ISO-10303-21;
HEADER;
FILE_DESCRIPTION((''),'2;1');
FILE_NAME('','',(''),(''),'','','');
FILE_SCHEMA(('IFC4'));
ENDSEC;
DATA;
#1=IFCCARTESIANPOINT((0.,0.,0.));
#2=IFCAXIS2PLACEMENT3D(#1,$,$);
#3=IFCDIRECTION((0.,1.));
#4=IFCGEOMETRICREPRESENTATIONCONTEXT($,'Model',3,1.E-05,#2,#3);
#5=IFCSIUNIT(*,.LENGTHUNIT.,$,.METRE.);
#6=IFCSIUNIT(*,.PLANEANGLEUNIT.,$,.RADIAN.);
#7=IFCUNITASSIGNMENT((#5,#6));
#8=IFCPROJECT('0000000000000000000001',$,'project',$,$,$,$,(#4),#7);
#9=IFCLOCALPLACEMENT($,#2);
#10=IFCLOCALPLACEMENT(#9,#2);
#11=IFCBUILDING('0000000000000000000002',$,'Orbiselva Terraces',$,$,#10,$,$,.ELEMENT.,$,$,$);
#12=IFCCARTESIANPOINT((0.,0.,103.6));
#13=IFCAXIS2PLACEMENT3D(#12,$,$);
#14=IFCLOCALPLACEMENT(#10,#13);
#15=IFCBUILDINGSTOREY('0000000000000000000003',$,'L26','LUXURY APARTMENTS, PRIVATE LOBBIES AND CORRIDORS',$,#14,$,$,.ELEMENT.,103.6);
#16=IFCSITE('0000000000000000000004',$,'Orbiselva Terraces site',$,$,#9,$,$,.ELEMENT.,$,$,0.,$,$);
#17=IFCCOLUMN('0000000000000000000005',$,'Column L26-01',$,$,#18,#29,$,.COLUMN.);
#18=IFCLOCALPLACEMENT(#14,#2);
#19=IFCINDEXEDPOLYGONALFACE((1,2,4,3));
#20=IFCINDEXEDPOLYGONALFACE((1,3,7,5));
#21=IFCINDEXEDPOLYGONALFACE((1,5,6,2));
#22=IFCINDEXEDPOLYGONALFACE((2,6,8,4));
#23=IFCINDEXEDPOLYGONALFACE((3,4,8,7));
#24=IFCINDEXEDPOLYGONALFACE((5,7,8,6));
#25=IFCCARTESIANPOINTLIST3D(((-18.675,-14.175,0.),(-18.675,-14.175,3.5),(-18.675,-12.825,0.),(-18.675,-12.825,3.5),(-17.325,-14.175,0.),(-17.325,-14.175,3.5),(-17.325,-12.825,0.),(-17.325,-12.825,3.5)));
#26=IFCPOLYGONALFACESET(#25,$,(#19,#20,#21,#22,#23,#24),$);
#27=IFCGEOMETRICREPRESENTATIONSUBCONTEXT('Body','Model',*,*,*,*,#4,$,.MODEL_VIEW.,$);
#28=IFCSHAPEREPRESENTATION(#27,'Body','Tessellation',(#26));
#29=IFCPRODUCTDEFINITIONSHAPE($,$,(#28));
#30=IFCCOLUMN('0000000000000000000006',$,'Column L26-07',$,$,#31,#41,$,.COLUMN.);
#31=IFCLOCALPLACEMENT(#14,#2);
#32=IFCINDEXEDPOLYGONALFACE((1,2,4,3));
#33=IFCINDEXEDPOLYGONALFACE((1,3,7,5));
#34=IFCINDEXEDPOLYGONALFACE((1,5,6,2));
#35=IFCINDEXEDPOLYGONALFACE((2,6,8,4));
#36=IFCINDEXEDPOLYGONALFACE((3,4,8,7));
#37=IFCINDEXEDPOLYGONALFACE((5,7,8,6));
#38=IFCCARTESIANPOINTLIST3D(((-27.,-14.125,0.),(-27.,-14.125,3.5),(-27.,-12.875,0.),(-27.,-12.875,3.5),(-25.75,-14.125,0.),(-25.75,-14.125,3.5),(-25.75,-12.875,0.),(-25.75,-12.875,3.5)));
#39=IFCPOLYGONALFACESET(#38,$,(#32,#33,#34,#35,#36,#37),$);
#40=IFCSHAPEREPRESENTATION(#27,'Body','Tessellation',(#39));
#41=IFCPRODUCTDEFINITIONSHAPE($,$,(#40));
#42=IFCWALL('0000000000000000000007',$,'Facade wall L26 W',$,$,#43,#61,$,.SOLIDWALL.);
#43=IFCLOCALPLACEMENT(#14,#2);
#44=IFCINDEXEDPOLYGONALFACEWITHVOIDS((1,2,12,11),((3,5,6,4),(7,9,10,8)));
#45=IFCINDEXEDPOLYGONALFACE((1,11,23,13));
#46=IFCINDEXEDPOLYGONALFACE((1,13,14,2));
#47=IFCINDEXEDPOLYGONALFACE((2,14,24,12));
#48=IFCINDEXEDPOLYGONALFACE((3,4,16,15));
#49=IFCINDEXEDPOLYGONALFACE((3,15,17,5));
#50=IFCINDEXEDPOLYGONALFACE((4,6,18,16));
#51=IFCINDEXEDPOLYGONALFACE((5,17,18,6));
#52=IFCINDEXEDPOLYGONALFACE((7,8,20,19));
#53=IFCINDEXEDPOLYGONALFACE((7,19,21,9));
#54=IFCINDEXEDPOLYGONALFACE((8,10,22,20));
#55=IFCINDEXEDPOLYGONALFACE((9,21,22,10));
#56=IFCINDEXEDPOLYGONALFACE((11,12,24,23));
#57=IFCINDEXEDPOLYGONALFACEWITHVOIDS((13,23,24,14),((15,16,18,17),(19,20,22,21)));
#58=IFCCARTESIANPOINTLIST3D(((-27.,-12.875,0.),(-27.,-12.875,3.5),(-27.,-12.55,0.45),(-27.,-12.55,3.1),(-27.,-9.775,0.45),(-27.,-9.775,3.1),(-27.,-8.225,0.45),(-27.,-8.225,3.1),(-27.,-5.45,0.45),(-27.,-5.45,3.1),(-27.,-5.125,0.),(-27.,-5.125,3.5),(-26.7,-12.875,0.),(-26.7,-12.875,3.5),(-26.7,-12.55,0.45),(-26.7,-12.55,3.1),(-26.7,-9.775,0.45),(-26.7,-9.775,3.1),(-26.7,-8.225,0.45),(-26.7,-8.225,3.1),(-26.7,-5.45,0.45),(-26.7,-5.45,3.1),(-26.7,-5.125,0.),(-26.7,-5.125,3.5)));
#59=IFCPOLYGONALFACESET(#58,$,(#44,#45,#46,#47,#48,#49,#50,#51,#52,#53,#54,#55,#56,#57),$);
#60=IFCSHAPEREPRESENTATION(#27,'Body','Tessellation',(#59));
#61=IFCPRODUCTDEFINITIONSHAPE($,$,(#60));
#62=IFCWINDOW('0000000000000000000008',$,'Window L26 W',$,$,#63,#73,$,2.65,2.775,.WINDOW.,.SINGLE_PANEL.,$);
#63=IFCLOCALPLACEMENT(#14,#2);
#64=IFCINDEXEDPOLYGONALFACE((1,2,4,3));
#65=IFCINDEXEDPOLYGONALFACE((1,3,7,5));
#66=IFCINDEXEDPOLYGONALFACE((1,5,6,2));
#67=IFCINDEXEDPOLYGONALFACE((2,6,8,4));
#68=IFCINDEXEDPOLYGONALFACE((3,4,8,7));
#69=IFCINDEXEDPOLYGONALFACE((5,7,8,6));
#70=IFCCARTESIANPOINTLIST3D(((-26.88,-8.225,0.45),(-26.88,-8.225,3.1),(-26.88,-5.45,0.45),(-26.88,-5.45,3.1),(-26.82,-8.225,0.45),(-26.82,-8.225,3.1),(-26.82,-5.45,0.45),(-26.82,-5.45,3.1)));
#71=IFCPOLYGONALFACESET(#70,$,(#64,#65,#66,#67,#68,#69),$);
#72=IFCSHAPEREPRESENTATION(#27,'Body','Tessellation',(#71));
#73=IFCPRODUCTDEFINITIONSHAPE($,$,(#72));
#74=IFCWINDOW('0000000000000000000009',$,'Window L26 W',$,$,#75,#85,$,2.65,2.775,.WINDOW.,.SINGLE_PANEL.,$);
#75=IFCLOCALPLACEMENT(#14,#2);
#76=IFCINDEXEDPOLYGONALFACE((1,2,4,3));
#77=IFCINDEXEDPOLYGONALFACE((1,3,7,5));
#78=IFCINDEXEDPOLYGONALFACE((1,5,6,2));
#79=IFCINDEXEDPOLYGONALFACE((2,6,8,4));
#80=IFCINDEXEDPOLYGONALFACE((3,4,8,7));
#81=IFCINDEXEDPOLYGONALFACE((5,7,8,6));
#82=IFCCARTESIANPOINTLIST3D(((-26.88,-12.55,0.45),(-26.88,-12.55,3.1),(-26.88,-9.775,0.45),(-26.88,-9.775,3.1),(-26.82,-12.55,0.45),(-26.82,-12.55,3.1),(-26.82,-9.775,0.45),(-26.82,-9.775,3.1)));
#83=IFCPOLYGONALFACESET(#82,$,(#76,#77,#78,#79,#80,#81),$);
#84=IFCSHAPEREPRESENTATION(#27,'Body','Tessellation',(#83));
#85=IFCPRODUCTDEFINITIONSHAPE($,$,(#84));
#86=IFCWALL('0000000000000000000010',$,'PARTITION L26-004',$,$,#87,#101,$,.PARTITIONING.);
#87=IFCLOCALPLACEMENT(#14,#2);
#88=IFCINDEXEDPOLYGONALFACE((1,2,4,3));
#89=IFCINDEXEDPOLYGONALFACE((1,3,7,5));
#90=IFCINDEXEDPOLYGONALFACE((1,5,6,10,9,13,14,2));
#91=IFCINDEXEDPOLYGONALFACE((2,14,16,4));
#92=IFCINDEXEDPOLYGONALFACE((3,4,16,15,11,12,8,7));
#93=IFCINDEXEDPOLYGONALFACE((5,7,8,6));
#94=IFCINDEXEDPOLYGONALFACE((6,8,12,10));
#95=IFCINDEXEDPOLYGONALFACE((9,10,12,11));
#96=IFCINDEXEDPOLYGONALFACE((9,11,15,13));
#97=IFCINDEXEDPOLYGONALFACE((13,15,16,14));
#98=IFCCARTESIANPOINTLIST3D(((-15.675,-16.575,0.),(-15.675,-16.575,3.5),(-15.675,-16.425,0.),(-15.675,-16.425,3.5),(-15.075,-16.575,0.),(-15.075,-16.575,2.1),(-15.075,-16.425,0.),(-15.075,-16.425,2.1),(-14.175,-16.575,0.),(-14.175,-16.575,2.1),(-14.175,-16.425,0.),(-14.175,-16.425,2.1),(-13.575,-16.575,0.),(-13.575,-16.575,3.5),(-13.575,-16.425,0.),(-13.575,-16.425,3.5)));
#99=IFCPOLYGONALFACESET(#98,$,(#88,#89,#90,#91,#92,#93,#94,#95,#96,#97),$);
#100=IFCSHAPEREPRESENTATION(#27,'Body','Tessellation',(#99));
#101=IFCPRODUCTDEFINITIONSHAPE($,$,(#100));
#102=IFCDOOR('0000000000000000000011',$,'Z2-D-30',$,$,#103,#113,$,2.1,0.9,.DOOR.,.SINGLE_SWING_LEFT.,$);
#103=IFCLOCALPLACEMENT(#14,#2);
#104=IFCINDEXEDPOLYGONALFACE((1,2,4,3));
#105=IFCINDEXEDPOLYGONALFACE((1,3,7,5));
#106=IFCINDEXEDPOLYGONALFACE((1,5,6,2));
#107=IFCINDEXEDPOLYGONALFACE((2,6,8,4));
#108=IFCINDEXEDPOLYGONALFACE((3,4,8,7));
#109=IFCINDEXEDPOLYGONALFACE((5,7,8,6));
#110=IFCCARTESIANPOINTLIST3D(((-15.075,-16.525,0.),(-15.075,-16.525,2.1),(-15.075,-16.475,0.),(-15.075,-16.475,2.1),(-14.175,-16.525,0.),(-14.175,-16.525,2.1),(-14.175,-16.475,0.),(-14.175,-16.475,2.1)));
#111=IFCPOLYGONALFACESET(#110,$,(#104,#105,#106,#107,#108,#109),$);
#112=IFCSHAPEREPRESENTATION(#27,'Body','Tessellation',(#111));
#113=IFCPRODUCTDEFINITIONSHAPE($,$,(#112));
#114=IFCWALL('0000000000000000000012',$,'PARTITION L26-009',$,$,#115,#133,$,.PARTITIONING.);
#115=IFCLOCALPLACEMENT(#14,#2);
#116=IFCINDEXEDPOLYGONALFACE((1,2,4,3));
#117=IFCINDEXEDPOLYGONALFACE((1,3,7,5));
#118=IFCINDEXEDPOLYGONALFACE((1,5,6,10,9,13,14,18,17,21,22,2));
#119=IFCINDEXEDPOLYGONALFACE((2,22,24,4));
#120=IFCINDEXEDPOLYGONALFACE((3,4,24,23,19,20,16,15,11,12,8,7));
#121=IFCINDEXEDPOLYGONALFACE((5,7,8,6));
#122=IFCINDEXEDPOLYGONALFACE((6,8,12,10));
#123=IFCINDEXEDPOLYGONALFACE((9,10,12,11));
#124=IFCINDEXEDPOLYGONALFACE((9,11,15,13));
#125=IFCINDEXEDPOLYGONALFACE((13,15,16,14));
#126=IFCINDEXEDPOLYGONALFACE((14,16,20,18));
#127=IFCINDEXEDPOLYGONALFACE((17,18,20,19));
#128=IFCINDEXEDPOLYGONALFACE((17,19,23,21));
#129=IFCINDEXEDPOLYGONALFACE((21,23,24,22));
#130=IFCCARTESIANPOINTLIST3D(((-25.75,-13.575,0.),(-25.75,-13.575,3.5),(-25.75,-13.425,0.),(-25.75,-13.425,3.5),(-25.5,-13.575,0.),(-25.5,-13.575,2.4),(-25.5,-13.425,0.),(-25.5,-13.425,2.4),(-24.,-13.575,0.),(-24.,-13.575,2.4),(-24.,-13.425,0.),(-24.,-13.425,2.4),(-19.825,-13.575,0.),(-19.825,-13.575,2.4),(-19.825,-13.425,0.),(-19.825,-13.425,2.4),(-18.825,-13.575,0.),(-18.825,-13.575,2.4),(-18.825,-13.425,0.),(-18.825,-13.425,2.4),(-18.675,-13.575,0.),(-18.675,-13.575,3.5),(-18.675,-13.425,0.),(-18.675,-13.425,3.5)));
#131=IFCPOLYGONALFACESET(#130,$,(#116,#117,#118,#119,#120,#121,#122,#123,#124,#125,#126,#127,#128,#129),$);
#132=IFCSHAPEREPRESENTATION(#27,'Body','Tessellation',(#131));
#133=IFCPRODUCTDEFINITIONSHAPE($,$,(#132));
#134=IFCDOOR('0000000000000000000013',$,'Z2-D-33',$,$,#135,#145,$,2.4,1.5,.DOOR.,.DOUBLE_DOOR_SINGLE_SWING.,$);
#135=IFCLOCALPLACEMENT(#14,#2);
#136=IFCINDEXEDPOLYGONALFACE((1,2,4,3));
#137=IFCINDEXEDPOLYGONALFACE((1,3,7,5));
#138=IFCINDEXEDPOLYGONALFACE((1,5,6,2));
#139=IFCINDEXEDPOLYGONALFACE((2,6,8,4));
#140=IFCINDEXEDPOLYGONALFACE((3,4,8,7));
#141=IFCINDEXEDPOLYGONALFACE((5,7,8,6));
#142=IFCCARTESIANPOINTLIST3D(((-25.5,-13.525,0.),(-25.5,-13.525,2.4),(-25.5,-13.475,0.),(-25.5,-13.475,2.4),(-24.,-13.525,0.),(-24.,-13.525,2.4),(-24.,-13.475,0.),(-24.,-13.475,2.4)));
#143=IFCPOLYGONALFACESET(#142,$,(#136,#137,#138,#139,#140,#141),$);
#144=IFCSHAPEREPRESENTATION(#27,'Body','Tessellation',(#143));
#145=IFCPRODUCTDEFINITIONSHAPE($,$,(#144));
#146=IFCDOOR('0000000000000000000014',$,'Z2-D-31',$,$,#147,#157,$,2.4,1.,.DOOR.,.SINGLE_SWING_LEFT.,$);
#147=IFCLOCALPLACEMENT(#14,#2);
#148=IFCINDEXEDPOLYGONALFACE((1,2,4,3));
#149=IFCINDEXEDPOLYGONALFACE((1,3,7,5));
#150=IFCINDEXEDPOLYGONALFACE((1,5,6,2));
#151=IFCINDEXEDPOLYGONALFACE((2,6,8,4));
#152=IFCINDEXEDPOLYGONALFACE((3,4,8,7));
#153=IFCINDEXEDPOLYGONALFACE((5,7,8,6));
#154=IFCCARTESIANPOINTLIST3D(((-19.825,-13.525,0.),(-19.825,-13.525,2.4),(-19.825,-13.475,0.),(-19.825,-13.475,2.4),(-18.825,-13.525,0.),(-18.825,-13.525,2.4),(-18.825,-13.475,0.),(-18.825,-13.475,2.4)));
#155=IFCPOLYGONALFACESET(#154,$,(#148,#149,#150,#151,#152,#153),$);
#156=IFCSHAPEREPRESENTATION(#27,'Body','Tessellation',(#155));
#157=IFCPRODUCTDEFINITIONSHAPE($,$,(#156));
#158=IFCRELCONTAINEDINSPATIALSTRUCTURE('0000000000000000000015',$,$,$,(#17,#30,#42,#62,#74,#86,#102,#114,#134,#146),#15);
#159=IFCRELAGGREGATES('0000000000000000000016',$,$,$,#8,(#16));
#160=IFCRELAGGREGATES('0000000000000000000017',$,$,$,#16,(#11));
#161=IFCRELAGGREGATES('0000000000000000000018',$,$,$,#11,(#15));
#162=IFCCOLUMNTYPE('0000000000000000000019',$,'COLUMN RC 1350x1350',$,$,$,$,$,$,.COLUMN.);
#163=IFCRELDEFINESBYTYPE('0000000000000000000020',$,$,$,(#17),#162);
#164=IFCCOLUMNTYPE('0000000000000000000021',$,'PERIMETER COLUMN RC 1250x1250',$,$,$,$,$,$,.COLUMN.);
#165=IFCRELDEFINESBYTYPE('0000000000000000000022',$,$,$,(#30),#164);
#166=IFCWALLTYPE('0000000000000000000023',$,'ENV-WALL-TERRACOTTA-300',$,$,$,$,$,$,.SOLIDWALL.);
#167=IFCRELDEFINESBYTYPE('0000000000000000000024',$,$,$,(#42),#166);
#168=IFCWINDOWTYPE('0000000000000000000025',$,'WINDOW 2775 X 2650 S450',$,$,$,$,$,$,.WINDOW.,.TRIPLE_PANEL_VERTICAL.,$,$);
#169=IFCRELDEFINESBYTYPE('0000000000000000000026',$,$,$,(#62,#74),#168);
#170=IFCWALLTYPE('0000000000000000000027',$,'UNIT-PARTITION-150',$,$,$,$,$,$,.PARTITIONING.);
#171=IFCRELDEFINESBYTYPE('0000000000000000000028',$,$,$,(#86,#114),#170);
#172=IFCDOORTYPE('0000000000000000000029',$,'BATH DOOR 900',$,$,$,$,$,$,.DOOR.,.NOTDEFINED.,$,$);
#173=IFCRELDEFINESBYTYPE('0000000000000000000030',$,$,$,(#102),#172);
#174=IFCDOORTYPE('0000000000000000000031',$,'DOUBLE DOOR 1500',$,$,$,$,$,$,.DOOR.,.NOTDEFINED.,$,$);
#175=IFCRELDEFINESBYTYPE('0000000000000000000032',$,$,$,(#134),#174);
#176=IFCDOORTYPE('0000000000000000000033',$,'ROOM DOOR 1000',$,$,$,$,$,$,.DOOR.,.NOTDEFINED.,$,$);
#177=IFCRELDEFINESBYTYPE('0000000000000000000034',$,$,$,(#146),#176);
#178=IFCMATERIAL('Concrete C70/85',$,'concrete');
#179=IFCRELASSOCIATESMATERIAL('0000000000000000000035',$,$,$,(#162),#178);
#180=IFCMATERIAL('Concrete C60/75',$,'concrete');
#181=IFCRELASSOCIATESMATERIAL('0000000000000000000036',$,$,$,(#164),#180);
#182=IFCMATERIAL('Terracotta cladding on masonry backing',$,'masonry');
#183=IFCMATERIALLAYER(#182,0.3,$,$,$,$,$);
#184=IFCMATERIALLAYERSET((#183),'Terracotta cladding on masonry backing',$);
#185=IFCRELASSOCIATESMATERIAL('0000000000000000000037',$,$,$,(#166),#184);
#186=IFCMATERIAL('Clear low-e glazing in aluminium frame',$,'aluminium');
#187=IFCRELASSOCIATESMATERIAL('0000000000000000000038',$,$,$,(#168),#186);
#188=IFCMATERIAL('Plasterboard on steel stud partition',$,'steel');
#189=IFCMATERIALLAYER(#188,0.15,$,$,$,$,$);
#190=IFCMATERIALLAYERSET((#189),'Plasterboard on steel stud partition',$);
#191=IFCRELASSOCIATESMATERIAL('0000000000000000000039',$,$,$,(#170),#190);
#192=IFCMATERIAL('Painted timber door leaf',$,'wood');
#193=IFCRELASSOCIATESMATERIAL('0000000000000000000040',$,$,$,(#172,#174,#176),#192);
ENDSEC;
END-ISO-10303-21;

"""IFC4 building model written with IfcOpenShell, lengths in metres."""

from ifc_helpers import new_model, si_unit, direction, frame, frame_2d, origin, origin_2d, place, context, subcontext, project, spatial, rectangle, extrude, material, layer, layer_set, material_profile, profile_set, type_object, element, fill, save


model = new_model("IFC4")

# Units and contexts
model_context = context("Model", 3, precision=1e-05, world=origin(), true_north=direction((0.0, 1.0)))
body_context = subcontext(model_context, "Body", "Model", "MODEL_VIEW")
ifc_project = project(units=[si_unit("LENGTHUNIT", "METRE"), si_unit("PLANEANGLEUNIT", "RADIAN")], contexts=[model_context])

# Site, building, storey
site_placement = place(None, origin())
site = spatial("IfcSite", under=ifc_project, at=site_placement, Name="Orbiselva Terraces site", CompositionType="ELEMENT", RefElevation=0.0)
building_placement = place(site_placement, origin())
building = spatial("IfcBuilding", under=site, at=building_placement, Name="Orbiselva Terraces", CompositionType="ELEMENT")
storey_placement = place(building_placement, frame((0.0, 0.0, 103.6)))
storey = spatial("IfcBuildingStorey", under=building, at=storey_placement, Name="L26", Description="LUXURY APARTMENTS, PRIVATE LOBBIES AND CORRIDORS", CompositionType="ELEMENT", Elevation=103.6)

# Columns
ifc_material_1 = material(Name="Concrete C70/85", Category="concrete")
ifc_material_profile_1 = material_profile(ifc_material_1, rectangle(XDim=1.35, YDim=1.35, at=origin_2d()), Name="RC 1350x1350")
ifc_profile_set_1 = profile_set([ifc_material_profile_1], Name="Concrete C70/85")
column_type_1 = type_object("IfcColumnType", Name="COLUMN RC 1350x1350", PredefinedType="COLUMN", material=ifc_profile_set_1)
column_1_placement = place(storey_placement, frame((-18.0, -13.5, 0.0), z_axis=(0.0, 0.0, 1.0), x_axis=(1.0, 0.0, 0.0)))
element("IfcColumn", 1, at=column_1_placement, inside=storey, type_object=column_type_1, Name="Column L26-01", PredefinedType="COLUMN", context=body_context, shape_type="SweptSolid", body=[
    extrude(rectangle(XDim=1.35, YDim=1.35, at=origin_2d()), origin(), (0.0, 0.0, 1.0), 3.5),
])
ifc_material_2 = material(Name="Concrete C60/75", Category="concrete")
ifc_material_profile_2 = material_profile(ifc_material_2, rectangle(XDim=1.25, YDim=1.25, at=origin_2d()), Name="RC 1250x1250")
ifc_profile_set_2 = profile_set([ifc_material_profile_2], Name="Concrete C60/75")
column_type_2 = type_object("IfcColumnType", Name="PERIMETER COLUMN RC 1250x1250", PredefinedType="COLUMN", material=ifc_profile_set_2)
column_2_placement = place(storey_placement, frame((-26.375, -13.5, 0.0), z_axis=(0.0, 0.0, 1.0), x_axis=(1.0, 0.0, 0.0)))
element("IfcColumn", 2, at=column_2_placement, inside=storey, type_object=column_type_2, Name="Column L26-07", PredefinedType="COLUMN", context=body_context, shape_type="SweptSolid", body=[
    extrude(rectangle(XDim=1.25, YDim=1.25, at=origin_2d()), origin(), (0.0, 0.0, 1.0), 3.5),
])

# Wall, openings, windows
ifc_material_3 = material(Name="Terracotta cladding on masonry backing", Category="masonry")
ifc_layer_1 = layer(ifc_material_3, 0.3)
ifc_layer_set_1 = layer_set([ifc_layer_1], Name="Terracotta cladding on masonry backing")
wall_type_1 = type_object("IfcWallType", Name="ENV-WALL-TERRACOTTA-300", PredefinedType="SOLIDWALL", material=ifc_layer_set_1)
wall_1_placement = place(storey_placement, frame((-26.85, -12.875, 0.0), z_axis=(0.0, 0.0, 1.0), x_axis=(0.0, 1.0, 0.0)))
wall_1 = element("IfcWall", 3, at=wall_1_placement, inside=storey, type_object=wall_type_1, Name="Facade wall L26 W", PredefinedType="SOLIDWALL", context=body_context, shape_type="SweptSolid", body=[
    extrude(rectangle(XDim=7.75, YDim=0.3, at=frame_2d((3.875, 0.0))), origin(), (0.0, 0.0, 1.0), 3.5),
])
opening_1_placement = place(wall_1_placement, frame((4.65, 0.0, 0.45)))
opening_1 = element("IfcOpeningElement", 4, at=opening_1_placement, cuts=wall_1, PredefinedType="OPENING", context=body_context, shape_type="SweptSolid", body=[
    extrude(rectangle(XDim=2.775, YDim=2.65, at=frame_2d((1.3875, 1.325))), frame((0.0, 0.16, 0.0), z_axis=(0.0, -1.0, 0.0), x_axis=(1.0, 0.0, 0.0)), (0.0, 0.0, 1.0), 0.32),
])
opening_2_placement = place(wall_1_placement, frame((0.325, 0.0, 0.45)))
opening_2 = element("IfcOpeningElement", 5, at=opening_2_placement, cuts=wall_1, PredefinedType="OPENING", context=body_context, shape_type="SweptSolid", body=[
    extrude(rectangle(XDim=2.775, YDim=2.65, at=frame_2d((1.3875, 1.325))), frame((0.0, 0.16, 0.0), z_axis=(0.0, -1.0, 0.0), x_axis=(1.0, 0.0, 0.0)), (0.0, 0.0, 1.0), 0.32),
])
ifc_material_4 = material(Name="Clear low-e glazing in aluminium frame", Category="aluminium")
window_type = type_object("IfcWindowType", Name="WINDOW 2775 X 2650 S450", PartitioningType="TRIPLE_PANEL_VERTICAL", PredefinedType="WINDOW", material=ifc_material_4)
window_1_placement = place(opening_1_placement, origin())
window_1 = element("IfcWindow", 6, at=window_1_placement, inside=storey, type_object=window_type, Name="Window L26 W", OverallHeight=2.65, OverallWidth=2.775, PartitioningType="SINGLE_PANEL", PredefinedType="WINDOW", context=body_context, shape_type="SweptSolid", body=[
    extrude(rectangle(XDim=2.775, YDim=2.65, at=frame_2d((1.3875, 1.325))), frame((0.0, 0.03, 0.0), z_axis=(0.0, -1.0, 0.0), x_axis=(1.0, 0.0, 0.0)), (0.0, 0.0, 1.0), 0.06),
])
fill(opening_1, window_1)
window_2_placement = place(opening_2_placement, origin())
window_2 = element("IfcWindow", 7, at=window_2_placement, inside=storey, type_object=window_type, Name="Window L26 W", OverallHeight=2.65, OverallWidth=2.775, PartitioningType="SINGLE_PANEL", PredefinedType="WINDOW", context=body_context, shape_type="SweptSolid", body=[
    extrude(rectangle(XDim=2.775, YDim=2.65, at=frame_2d((1.3875, 1.325))), frame((0.0, 0.03, 0.0), z_axis=(0.0, -1.0, 0.0), x_axis=(1.0, 0.0, 0.0)), (0.0, 0.0, 1.0), 0.06),
])
fill(opening_2, window_2)

# Wall, opening, door
ifc_material_5 = material(Name="Plasterboard on steel stud partition", Category="steel")
ifc_layer_2 = layer(ifc_material_5, 0.15)
ifc_layer_set_2 = layer_set([ifc_layer_2], Name="Plasterboard on steel stud partition")
wall_type_2 = type_object("IfcWallType", Name="UNIT-PARTITION-150", PredefinedType="PARTITIONING", material=ifc_layer_set_2)
wall_2_placement = place(storey_placement, frame((-15.675, -16.5, 0.0), z_axis=(0.0, 0.0, 1.0), x_axis=(1.0, 0.0, 0.0)))
wall_2 = element("IfcWall", 8, at=wall_2_placement, inside=storey, type_object=wall_type_2, Name="PARTITION L26-004", PredefinedType="PARTITIONING", context=body_context, shape_type="SweptSolid", body=[
    extrude(rectangle(XDim=2.1, YDim=0.15, at=frame_2d((1.05, 0.0))), origin(), (0.0, 0.0, 1.0), 3.5),
])
opening_3_placement = place(wall_2_placement, frame((0.6, 0.0, 0.0)))
opening_3 = element("IfcOpeningElement", 9, at=opening_3_placement, cuts=wall_2, PredefinedType="OPENING", context=body_context, shape_type="SweptSolid", body=[
    extrude(rectangle(XDim=0.9, YDim=2.1, at=frame_2d((0.45, 1.05))), frame((0.0, 0.085, 0.0), z_axis=(0.0, -1.0, 0.0), x_axis=(1.0, 0.0, 0.0)), (0.0, 0.0, 1.0), 0.17),
])
ifc_material_6 = material(Name="Painted timber door leaf", Category="wood")
door_type_1 = type_object("IfcDoorType", Name="BATH DOOR 900", OperationType="NOTDEFINED", PredefinedType="DOOR", material=ifc_material_6)
door_1_placement = place(opening_3_placement, origin())
door_1 = element("IfcDoor", 10, at=door_1_placement, inside=storey, type_object=door_type_1, Name="Z2-D-30", OperationType="SINGLE_SWING_LEFT", OverallHeight=2.1, OverallWidth=0.9, PredefinedType="DOOR", context=body_context, shape_type="SweptSolid", body=[
    extrude(rectangle(XDim=0.9, YDim=2.1, at=frame_2d((0.45, 1.05))), frame((0.0, 0.025, 0.0), z_axis=(0.0, -1.0, 0.0), x_axis=(1.0, 0.0, 0.0)), (0.0, 0.0, 1.0), 0.05),
])
fill(opening_3, door_1)

# Wall, openings, doors
wall_3_placement = place(storey_placement, frame((-18.675, -13.5, 0.0), z_axis=(0.0, 0.0, 1.0), x_axis=(-1.0, 0.0, 0.0)))
wall_3 = element("IfcWall", 11, at=wall_3_placement, inside=storey, type_object=wall_type_2, Name="PARTITION L26-009", PredefinedType="PARTITIONING", context=body_context, shape_type="SweptSolid", body=[
    extrude(rectangle(XDim=7.075, YDim=0.15, at=frame_2d((3.5375, 0.0))), origin(), (0.0, 0.0, 1.0), 3.5),
])
opening_4_placement = place(wall_3_placement, frame((0.15, 0.0, 0.0)))
opening_4 = element("IfcOpeningElement", 12, at=opening_4_placement, cuts=wall_3, PredefinedType="OPENING", context=body_context, shape_type="SweptSolid", body=[
    extrude(rectangle(XDim=1.0, YDim=2.4, at=frame_2d((0.5, 1.2))), frame((0.0, 0.085, 0.0), z_axis=(0.0, -1.0, 0.0), x_axis=(1.0, 0.0, 0.0)), (0.0, 0.0, 1.0), 0.17),
])
opening_5_placement = place(wall_3_placement, frame((5.325, 0.0, 0.0)))
opening_5 = element("IfcOpeningElement", 13, at=opening_5_placement, cuts=wall_3, PredefinedType="OPENING", context=body_context, shape_type="SweptSolid", body=[
    extrude(rectangle(XDim=1.5, YDim=2.4, at=frame_2d((0.75, 1.2))), frame((0.0, 0.085, 0.0), z_axis=(0.0, -1.0, 0.0), x_axis=(1.0, 0.0, 0.0)), (0.0, 0.0, 1.0), 0.17),
])
door_type_2 = type_object("IfcDoorType", Name="DOUBLE DOOR 1500", OperationType="NOTDEFINED", PredefinedType="DOOR", material=ifc_material_6)
door_2_placement = place(opening_5_placement, origin())
door_2 = element("IfcDoor", 14, at=door_2_placement, inside=storey, type_object=door_type_2, Name="Z2-D-33", OperationType="DOUBLE_DOOR_SINGLE_SWING", OverallHeight=2.4, OverallWidth=1.5, PredefinedType="DOOR", context=body_context, shape_type="SweptSolid", body=[
    extrude(rectangle(XDim=1.5, YDim=2.4, at=frame_2d((0.75, 1.2))), frame((0.0, 0.025, 0.0), z_axis=(0.0, -1.0, 0.0), x_axis=(1.0, 0.0, 0.0)), (0.0, 0.0, 1.0), 0.05),
])
fill(opening_5, door_2)
door_type_3 = type_object("IfcDoorType", Name="ROOM DOOR 1000", OperationType="NOTDEFINED", PredefinedType="DOOR", material=ifc_material_6)
door_3_placement = place(opening_4_placement, origin())
door_3 = element("IfcDoor", 15, at=door_3_placement, inside=storey, type_object=door_type_3, Name="Z2-D-31", OperationType="SINGLE_SWING_LEFT", OverallHeight=2.4, OverallWidth=1.0, PredefinedType="DOOR", context=body_context, shape_type="SweptSolid", body=[
    extrude(rectangle(XDim=1.0, YDim=2.4, at=frame_2d((0.5, 1.2))), frame((0.0, 0.025, 0.0), z_axis=(0.0, -1.0, 0.0), x_axis=(1.0, 0.0, 0.0)), (0.0, 0.0, 1.0), 0.05),
])
fill(opening_4, door_3)

save(model, "model.ifc")
